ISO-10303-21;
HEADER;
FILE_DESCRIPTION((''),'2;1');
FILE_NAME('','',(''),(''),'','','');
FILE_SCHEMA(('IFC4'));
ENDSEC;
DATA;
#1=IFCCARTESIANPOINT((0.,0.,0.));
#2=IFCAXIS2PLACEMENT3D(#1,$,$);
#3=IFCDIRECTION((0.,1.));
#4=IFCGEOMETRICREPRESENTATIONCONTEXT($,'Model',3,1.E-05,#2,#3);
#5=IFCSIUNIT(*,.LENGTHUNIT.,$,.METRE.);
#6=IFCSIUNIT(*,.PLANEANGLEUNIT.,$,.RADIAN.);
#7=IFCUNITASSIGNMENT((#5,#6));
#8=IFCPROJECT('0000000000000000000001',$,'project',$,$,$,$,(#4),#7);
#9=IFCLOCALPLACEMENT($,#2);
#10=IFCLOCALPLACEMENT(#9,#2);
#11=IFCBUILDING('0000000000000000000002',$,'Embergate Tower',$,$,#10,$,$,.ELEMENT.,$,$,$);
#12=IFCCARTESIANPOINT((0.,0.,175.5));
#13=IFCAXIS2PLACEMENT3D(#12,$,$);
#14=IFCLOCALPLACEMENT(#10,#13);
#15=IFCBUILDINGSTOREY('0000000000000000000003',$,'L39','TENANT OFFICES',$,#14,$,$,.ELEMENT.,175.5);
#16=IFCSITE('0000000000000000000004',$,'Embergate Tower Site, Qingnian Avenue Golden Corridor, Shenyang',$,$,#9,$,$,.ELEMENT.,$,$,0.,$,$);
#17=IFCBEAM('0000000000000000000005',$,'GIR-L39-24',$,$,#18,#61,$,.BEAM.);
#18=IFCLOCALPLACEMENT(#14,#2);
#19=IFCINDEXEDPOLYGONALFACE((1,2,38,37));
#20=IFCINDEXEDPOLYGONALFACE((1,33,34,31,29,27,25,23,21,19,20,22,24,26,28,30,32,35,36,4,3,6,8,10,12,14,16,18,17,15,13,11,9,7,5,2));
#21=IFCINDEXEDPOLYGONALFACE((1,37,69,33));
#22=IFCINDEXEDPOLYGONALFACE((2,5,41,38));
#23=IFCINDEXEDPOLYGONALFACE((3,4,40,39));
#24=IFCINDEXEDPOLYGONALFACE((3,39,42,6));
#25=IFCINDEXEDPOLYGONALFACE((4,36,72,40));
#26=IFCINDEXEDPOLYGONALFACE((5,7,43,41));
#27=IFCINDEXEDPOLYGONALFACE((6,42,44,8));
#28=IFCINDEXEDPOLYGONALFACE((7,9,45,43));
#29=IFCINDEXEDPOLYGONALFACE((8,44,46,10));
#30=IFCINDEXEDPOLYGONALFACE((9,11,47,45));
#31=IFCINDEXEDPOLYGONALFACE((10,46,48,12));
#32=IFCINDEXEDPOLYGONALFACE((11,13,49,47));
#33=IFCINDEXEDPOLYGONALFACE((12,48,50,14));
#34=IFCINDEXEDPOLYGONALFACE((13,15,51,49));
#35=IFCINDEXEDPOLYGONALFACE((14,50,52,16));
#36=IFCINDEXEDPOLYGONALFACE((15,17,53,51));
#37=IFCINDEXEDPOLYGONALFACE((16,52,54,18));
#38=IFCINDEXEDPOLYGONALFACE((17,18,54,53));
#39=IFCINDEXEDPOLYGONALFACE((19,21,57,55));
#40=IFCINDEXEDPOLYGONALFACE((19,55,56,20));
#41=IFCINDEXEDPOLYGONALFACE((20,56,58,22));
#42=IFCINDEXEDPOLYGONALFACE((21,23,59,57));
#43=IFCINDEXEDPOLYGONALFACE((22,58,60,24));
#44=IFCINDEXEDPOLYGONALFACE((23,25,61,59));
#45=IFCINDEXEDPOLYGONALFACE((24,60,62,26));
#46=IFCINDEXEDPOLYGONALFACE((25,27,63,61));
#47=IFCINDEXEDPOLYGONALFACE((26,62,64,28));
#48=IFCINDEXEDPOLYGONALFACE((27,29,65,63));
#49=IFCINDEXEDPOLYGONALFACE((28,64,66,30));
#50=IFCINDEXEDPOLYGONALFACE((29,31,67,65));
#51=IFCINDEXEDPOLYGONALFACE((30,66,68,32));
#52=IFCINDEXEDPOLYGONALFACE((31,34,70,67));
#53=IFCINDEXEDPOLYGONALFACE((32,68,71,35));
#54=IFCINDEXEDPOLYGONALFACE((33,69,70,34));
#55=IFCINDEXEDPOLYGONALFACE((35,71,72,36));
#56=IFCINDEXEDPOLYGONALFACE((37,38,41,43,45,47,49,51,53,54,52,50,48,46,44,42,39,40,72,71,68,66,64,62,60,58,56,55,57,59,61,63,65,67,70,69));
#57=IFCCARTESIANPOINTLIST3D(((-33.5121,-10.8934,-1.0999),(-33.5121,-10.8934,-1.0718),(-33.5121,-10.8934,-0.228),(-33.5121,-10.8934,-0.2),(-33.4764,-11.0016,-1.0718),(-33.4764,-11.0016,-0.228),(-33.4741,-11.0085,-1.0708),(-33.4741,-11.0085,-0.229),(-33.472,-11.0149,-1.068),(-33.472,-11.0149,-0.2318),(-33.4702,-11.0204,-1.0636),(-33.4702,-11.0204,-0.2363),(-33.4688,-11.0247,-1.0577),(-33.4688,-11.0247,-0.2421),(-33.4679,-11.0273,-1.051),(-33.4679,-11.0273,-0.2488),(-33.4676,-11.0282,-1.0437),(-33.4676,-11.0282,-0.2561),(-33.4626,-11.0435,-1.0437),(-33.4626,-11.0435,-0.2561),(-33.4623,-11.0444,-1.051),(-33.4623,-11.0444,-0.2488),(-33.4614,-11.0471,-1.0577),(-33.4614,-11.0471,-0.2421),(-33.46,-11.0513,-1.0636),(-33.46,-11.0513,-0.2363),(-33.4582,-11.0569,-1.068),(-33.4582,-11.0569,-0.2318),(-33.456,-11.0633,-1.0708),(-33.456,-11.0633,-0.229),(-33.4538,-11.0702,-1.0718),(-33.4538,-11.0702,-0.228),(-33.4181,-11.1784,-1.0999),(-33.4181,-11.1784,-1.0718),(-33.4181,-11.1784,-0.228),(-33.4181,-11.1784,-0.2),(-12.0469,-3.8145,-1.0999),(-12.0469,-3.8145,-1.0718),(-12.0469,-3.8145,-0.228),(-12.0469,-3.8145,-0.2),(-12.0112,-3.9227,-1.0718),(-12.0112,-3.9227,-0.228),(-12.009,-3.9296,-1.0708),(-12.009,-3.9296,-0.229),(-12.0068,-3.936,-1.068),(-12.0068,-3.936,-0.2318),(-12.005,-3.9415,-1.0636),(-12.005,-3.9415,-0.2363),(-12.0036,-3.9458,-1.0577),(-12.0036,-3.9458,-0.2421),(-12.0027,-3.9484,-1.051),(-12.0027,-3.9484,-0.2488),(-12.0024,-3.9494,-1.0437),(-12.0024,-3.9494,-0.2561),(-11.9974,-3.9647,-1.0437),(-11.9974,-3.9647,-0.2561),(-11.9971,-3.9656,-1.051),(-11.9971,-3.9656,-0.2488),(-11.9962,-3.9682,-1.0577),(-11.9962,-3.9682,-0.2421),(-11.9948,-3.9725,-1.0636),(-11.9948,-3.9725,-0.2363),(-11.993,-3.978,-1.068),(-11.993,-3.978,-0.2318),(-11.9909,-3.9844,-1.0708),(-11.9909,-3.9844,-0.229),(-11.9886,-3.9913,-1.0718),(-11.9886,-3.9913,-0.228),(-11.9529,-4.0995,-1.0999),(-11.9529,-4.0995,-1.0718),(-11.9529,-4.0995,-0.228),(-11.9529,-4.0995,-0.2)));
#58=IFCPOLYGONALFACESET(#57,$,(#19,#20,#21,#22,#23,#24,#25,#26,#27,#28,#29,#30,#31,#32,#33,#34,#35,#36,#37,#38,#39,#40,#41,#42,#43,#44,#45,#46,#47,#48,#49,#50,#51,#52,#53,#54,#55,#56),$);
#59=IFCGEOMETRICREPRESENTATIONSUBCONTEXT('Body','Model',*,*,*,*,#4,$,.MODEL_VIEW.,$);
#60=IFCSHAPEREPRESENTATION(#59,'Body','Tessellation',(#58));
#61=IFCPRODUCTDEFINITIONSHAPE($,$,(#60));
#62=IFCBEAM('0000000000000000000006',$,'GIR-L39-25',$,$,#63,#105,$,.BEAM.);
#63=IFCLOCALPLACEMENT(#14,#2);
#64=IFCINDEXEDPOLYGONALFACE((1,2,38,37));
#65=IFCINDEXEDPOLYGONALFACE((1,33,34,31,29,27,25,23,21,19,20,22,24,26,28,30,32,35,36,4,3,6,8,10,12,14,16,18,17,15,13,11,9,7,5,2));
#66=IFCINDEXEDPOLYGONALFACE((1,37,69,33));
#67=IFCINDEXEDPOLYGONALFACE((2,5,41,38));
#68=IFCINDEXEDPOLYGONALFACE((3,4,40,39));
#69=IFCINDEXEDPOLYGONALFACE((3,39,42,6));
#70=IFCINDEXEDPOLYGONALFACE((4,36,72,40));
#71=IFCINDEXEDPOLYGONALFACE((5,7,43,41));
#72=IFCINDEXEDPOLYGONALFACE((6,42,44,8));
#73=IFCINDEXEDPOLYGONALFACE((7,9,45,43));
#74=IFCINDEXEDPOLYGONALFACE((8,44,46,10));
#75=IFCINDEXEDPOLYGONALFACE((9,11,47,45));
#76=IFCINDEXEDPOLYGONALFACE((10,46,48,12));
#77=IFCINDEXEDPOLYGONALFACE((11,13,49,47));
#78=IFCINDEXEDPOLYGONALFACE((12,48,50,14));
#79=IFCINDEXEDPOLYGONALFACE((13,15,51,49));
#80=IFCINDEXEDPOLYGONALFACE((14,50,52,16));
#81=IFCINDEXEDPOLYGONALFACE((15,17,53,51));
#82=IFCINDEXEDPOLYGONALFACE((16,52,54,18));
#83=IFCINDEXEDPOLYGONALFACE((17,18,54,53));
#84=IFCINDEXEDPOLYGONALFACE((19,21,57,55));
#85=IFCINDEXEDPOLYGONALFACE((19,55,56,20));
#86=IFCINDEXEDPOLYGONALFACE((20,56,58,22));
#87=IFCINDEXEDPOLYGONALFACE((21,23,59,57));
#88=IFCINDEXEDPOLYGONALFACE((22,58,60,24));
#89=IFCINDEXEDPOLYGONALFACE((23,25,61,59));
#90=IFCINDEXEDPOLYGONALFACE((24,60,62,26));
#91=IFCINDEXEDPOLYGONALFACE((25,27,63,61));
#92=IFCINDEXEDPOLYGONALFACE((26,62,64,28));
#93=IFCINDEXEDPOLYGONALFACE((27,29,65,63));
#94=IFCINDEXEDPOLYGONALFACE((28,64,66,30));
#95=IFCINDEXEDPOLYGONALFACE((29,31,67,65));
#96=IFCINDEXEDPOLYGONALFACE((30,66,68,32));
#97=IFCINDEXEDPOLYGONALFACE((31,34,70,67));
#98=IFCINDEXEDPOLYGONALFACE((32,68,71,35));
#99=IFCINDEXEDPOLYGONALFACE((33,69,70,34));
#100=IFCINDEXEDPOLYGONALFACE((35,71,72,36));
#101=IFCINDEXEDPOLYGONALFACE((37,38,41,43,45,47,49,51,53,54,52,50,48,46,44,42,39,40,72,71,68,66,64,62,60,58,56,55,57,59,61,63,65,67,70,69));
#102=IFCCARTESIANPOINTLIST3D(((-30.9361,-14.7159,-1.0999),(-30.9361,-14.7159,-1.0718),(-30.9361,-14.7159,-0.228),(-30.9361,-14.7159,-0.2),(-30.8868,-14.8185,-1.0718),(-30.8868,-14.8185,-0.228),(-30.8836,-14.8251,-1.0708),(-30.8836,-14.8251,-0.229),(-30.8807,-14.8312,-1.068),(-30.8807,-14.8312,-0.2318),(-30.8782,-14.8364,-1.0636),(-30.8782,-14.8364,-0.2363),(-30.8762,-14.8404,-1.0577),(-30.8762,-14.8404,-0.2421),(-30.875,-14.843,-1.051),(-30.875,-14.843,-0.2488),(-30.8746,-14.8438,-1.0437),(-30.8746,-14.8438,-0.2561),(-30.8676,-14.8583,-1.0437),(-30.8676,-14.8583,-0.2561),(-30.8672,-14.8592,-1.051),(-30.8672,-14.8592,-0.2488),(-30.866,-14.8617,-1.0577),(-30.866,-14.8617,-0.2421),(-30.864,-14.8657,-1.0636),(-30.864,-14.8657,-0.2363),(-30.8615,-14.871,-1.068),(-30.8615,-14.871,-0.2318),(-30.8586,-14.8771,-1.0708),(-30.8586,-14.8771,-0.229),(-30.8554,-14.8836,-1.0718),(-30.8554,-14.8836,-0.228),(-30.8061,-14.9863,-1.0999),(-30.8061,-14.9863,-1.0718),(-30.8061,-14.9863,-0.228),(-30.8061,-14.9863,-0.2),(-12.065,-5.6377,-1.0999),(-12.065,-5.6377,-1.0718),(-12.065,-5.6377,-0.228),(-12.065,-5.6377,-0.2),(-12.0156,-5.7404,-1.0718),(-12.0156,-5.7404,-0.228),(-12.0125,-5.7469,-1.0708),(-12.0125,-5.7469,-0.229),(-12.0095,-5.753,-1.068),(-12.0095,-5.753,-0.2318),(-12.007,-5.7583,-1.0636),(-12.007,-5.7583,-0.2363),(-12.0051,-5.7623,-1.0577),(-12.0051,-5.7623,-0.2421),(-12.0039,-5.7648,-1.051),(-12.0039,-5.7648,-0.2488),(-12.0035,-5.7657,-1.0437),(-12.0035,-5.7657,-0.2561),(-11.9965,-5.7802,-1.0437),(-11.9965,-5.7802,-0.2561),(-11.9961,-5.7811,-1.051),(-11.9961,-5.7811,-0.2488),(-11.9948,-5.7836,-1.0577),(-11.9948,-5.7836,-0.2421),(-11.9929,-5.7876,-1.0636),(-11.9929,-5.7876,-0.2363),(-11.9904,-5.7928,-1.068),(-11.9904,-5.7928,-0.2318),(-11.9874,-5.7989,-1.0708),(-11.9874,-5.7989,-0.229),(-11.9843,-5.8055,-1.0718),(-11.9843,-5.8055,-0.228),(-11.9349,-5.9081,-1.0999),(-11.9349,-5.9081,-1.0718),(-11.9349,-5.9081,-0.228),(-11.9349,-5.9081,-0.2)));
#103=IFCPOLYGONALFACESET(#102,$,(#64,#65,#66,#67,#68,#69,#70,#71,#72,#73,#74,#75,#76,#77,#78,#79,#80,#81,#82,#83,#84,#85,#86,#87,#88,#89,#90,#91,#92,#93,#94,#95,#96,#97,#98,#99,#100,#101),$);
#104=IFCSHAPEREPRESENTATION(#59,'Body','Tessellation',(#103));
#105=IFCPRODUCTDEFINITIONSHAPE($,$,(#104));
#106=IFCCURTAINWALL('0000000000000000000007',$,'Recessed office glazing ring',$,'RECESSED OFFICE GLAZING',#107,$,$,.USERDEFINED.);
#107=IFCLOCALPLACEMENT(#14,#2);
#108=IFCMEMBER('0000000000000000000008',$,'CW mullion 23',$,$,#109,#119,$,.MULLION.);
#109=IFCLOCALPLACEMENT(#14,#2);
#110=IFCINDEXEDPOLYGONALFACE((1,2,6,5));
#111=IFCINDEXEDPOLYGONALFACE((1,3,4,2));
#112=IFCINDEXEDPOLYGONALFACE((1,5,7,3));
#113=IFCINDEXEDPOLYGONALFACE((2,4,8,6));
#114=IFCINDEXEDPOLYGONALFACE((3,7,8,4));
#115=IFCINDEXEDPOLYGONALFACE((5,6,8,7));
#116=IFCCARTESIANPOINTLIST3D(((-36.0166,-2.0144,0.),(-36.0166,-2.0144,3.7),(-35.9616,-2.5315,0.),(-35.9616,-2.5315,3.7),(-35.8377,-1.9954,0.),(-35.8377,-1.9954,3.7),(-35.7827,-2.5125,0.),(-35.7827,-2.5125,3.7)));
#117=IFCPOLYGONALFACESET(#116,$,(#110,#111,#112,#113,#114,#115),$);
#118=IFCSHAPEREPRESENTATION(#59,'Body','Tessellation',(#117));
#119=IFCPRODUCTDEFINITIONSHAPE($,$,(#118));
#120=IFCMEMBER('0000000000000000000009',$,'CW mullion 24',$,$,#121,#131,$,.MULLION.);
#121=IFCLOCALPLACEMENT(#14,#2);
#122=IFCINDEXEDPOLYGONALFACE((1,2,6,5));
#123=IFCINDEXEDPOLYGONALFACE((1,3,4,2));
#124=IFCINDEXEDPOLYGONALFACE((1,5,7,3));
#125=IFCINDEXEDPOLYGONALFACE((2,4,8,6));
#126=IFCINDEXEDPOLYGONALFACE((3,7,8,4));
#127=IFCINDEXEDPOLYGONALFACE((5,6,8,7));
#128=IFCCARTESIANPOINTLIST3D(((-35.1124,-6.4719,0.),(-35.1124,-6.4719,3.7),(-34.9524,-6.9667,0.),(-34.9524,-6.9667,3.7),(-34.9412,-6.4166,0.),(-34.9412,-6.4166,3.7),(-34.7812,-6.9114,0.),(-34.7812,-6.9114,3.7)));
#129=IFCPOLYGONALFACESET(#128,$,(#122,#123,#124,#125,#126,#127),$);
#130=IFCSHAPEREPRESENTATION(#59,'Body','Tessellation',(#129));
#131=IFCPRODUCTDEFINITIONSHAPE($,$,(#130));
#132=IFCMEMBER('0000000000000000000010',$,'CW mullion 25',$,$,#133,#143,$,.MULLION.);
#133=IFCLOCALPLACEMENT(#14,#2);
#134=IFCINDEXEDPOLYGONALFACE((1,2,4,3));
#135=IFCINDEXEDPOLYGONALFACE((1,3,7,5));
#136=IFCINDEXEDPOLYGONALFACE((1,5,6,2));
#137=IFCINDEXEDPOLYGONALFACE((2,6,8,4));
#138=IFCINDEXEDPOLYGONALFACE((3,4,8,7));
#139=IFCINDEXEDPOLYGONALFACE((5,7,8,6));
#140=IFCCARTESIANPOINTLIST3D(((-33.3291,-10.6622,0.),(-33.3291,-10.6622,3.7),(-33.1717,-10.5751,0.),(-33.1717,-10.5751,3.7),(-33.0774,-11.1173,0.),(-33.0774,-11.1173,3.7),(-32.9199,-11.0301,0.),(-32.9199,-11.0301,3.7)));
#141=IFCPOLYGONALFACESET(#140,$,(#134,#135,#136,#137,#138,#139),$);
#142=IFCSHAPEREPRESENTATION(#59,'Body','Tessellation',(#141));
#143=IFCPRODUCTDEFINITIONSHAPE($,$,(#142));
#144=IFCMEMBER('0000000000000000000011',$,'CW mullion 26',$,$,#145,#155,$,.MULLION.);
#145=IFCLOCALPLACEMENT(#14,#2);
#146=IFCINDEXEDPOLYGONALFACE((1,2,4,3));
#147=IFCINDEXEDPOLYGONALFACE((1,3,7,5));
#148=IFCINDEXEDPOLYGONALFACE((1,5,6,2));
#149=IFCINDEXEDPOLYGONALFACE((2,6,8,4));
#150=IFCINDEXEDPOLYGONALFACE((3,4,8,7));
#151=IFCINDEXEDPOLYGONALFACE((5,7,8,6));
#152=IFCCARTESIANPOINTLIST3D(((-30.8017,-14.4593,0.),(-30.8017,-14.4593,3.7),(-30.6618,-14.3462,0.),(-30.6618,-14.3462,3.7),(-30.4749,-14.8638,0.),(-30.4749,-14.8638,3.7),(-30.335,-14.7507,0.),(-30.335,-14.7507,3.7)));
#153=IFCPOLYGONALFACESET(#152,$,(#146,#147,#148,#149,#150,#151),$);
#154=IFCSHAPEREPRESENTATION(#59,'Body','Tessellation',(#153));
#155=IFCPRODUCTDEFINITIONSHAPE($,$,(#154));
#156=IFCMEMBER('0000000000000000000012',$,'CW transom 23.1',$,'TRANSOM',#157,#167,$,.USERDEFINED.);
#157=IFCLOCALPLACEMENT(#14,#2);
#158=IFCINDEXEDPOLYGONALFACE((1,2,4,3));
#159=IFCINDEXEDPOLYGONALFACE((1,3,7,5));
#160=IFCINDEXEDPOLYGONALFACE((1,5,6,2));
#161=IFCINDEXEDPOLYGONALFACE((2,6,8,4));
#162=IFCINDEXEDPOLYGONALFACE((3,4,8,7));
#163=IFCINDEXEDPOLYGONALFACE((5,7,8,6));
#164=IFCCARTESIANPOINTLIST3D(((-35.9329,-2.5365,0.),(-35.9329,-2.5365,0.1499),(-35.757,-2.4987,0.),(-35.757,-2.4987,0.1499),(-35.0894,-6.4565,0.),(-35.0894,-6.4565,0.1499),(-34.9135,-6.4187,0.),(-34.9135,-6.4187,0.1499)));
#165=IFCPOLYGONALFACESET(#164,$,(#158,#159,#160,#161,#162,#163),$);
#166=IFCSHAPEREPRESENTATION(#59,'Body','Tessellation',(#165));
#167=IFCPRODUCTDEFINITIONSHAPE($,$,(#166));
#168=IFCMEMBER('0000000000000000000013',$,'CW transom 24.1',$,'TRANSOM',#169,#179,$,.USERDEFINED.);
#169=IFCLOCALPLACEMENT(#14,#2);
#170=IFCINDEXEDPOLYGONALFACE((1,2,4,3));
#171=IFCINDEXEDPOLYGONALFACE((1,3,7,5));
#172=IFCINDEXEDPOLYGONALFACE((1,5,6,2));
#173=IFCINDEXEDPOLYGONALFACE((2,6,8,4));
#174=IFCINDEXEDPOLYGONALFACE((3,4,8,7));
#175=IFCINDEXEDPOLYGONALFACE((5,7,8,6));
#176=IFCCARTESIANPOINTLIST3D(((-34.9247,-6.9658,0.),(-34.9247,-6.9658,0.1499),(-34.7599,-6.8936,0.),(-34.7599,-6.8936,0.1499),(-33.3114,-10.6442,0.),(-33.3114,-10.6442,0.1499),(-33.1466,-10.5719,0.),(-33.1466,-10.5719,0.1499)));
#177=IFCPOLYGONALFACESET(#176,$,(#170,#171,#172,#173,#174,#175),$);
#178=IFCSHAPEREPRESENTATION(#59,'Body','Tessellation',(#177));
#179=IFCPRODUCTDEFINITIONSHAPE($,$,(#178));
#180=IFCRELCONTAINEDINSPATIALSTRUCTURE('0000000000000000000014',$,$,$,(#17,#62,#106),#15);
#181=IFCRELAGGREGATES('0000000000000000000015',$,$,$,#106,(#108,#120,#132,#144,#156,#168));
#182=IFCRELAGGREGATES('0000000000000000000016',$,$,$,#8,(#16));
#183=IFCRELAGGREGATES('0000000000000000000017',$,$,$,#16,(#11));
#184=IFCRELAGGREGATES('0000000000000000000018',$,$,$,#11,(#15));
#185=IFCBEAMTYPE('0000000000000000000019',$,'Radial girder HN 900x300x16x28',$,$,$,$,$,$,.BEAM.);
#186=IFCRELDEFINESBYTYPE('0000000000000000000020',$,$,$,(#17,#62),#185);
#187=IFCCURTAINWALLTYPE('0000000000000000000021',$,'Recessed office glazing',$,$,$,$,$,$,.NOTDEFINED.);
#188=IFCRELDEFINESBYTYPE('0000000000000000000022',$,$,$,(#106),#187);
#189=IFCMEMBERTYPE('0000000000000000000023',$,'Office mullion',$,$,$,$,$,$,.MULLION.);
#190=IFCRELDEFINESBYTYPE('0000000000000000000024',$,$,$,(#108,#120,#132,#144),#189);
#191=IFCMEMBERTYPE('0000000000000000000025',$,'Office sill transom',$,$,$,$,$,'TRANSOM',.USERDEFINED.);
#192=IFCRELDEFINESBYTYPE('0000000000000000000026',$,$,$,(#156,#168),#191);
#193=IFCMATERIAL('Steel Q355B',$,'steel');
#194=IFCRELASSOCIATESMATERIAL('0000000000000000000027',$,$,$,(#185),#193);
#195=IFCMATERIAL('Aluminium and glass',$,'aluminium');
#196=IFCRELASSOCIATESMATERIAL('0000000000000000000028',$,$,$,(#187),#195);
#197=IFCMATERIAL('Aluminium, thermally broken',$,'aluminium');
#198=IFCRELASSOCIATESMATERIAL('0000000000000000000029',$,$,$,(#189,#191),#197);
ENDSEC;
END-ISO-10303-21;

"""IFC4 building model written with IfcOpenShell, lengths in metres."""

from ifc_helpers import new_model, si_unit, direction, frame, origin, origin_2d, place, context, subcontext, project, spatial, rectangle, i_section, extrude, source, transform, mapped, material, material_profile, profile_set, type_object, element, aggregate, save


model = new_model("IFC4")

# Units and contexts
model_context = context("Model", 3, precision=1e-05, world=origin(), true_north=direction((0.0, 1.0)))
body_context = subcontext(model_context, "Body", "Model", "MODEL_VIEW")
ifc_project = project(units=[si_unit("LENGTHUNIT", "METRE"), si_unit("PLANEANGLEUNIT", "RADIAN")], contexts=[model_context])

# Site, building, storey
site_placement = place(None, origin())
site = spatial("IfcSite", under=ifc_project, at=site_placement, Name="Embergate Tower Site, Qingnian Avenue Golden Corridor, Shenyang", CompositionType="ELEMENT", RefElevation=0.0)
building_placement = place(site_placement, origin())
building = spatial("IfcBuilding", under=site, at=building_placement, Name="Embergate Tower", CompositionType="ELEMENT")
storey_placement = place(building_placement, frame((0.0, 0.0, 175.5)))
storey = spatial("IfcBuildingStorey", under=building, at=storey_placement, Name="L39", Description="TENANT OFFICES", CompositionType="ELEMENT", Elevation=175.5)

# Beams
ifc_material_1 = material(Name="Steel Q355B", Category="steel")
ifc_material_profile_1 = material_profile(ifc_material_1, i_section(OverallWidth=0.3, OverallDepth=0.8999, WebThickness=0.0161, FlangeThickness=0.0281, FilletRadius=0.0281, at=origin_2d()), Name="HN 900x300x16x28")
ifc_profile_set_1 = profile_set([ifc_material_profile_1], Name="Steel Q355 grade B")
beam_type_1 = type_object("IfcBeamType", Name="Radial girder HN 900x300x16x28", PredefinedType="BEAM", material=ifc_profile_set_1)
shared_shape_1 = source(origin(), body_context, "Body", "SweptSolid", [
    extrude(i_section(OverallWidth=0.3, OverallDepth=0.8999, WebThickness=0.0161, FlangeThickness=0.0281, FilletRadius=0.0281, at=origin_2d()), origin(), (0.0, 0.0, 1.0), 22.6023),
])
beam_1_placement = place(storey_placement, frame((-33.4651, -11.0359, -0.6499), z_axis=(0.949689, 0.313193, 0.0), x_axis=(-0.313193, 0.949689, 0.0)))
element("IfcBeam", 1, at=beam_1_placement, inside=storey, type_object=beam_type_1, Name="GIR-L39-24", PredefinedType="BEAM", context=body_context, shape_type="MappedRepresentation", body=[
    mapped(shared_shape_1, transform((0.0, 0.0, 0.0))),
])
shared_shape_2 = source(origin(), body_context, "Body", "SweptSolid", [
    extrude(i_section(OverallWidth=0.3, OverallDepth=0.8999, WebThickness=0.0161, FlangeThickness=0.0281, FilletRadius=0.0281, at=origin_2d()), origin(), (0.0, 0.0, 1.0), 20.9412),
])
beam_2_placement = place(storey_placement, frame((-30.8711, -14.8511, -0.6499), z_axis=(0.90115, 0.433507, 0.0), x_axis=(-0.433507, 0.90115, 0.0)))
element("IfcBeam", 2, at=beam_2_placement, inside=storey, type_object=beam_type_1, Name="GIR-L39-25", PredefinedType="BEAM", context=body_context, shape_type="MappedRepresentation", body=[
    mapped(shared_shape_2, transform((0.0, 0.0, 0.0))),
])

# Curtain wall, members
ifc_material_2 = material(Name="Aluminium and glass", Category="aluminium")
curtain_wall_type = type_object("IfcCurtainWallType", Name="Recessed office glazing", PredefinedType="NOTDEFINED", material=ifc_material_2)
curtain_wall_placement = place(storey_placement, origin())
curtain_wall = element("IfcCurtainWall", 3, at=curtain_wall_placement, inside=storey, type_object=curtain_wall_type, Name="Recessed office glazing ring", ObjectType="RECESSED OFFICE GLAZING", PredefinedType="USERDEFINED")
ifc_material_3 = material(Name="Aluminium, thermally broken", Category="aluminium")
ifc_material_profile_2 = material_profile(ifc_material_3, rectangle(XDim=0.1799, YDim=0.52, at=origin_2d()), Name="AL 520x180")
ifc_profile_set_2 = profile_set([ifc_material_profile_2], Name="Aluminium, thermally broken")
member_type_1 = type_object("IfcMemberType", Name="Office mullion", PredefinedType="MULLION", material=ifc_profile_set_2)
shared_shape_3 = source(origin(), body_context, "Body", "SweptSolid", [
    extrude(rectangle(XDim=0.1799, YDim=0.52, at=origin_2d()), origin(), (0.0, 0.0, 1.0), 3.7),
])
member_1_placement = place(storey_placement, frame((-35.8997, -2.2634, 0.0), z_axis=(0.0, 0.0, 1.0), x_axis=(0.994385, 0.105825, 0.0)))
member_1 = element("IfcMember", 4, at=member_1_placement, type_object=member_type_1, Name="CW mullion 23", PredefinedType="MULLION", context=body_context, shape_type="MappedRepresentation", body=[
    mapped(shared_shape_3, transform((0.0, 0.0, 0.0))),
])
member_2_placement = place(storey_placement, frame((-34.9468, -6.6917, 0.0), z_axis=(0.0, 0.0, 1.0), x_axis=(0.951496, 0.307661, 0.0)))
member_2 = element("IfcMember", 5, at=member_2_placement, type_object=member_type_1, Name="CW mullion 24", PredefinedType="MULLION", context=body_context, shape_type="MappedRepresentation", body=[
    mapped(shared_shape_3, transform((0.0, 0.0, 0.0))),
])
member_3_placement = place(storey_placement, frame((-33.1245, -10.8462, 0.0), z_axis=(0.0, 0.0, 1.0), x_axis=(0.874999, 0.484126, 0.0)))
member_3 = element("IfcMember", 6, at=member_3_placement, type_object=member_type_1, Name="CW mullion 25", PredefinedType="MULLION", context=body_context, shape_type="MappedRepresentation", body=[
    mapped(shared_shape_3, transform((0.0, 0.0, 0.0))),
])
member_4_placement = place(storey_placement, frame((-30.5684, -14.605, 0.0), z_axis=(0.0, 0.0, 1.0), x_axis=(0.777867, 0.628429, 0.0)))
member_4 = element("IfcMember", 7, at=member_4_placement, type_object=member_type_1, Name="CW mullion 26", PredefinedType="MULLION", context=body_context, shape_type="MappedRepresentation", body=[
    mapped(shared_shape_3, transform((0.0, 0.0, 0.0))),
])
ifc_material_profile_3 = material_profile(ifc_material_3, rectangle(XDim=0.1799, YDim=0.1499, at=origin_2d()), Name="AL 150x180")
ifc_profile_set_3 = profile_set([ifc_material_profile_3], Name="Aluminium, thermally broken")
member_type_2 = type_object("IfcMemberType", Name="Office sill transom", ElementType="TRANSOM", PredefinedType="USERDEFINED", material=ifc_profile_set_3)
shared_shape_4 = source(origin(), body_context, "Body", "SweptSolid", [
    extrude(rectangle(XDim=0.1799, YDim=0.1499, at=origin_2d()), origin(), (0.0, 0.0, 1.0), 4.0098),
])
member_5_placement = place(storey_placement, frame((-35.845, -2.5176, 0.075), z_axis=(0.210369, -0.977622, 0.0), x_axis=(0.977622, 0.210369, 0.0)))
member_5 = element("IfcMember", 8, at=member_5_placement, type_object=member_type_2, Name="CW transom 23.1", ObjectType="TRANSOM", PredefinedType="USERDEFINED", context=body_context, shape_type="MappedRepresentation", body=[
    mapped(shared_shape_4, transform((0.0, 0.0, 0.0))),
])
shared_shape_5 = source(origin(), body_context, "Body", "SweptSolid", [
    extrude(rectangle(XDim=0.1799, YDim=0.1499, at=origin_2d()), origin(), (0.0, 0.0, 1.0), 4.0166),
])
member_6_placement = place(storey_placement, frame((-34.8423, -6.9297, 0.075), z_axis=(0.401645, -0.915796, 0.0), x_axis=(0.915796, 0.401645, 0.0)))
member_6 = element("IfcMember", 9, at=member_6_placement, type_object=member_type_2, Name="CW transom 24.1", ObjectType="TRANSOM", PredefinedType="USERDEFINED", context=body_context, shape_type="MappedRepresentation", body=[
    mapped(shared_shape_5, transform((0.0, 0.0, 0.0))),
])
aggregate(curtain_wall, [member_1, member_2, member_3, member_4, member_5, member_6])

save(model, "model.ifc")
